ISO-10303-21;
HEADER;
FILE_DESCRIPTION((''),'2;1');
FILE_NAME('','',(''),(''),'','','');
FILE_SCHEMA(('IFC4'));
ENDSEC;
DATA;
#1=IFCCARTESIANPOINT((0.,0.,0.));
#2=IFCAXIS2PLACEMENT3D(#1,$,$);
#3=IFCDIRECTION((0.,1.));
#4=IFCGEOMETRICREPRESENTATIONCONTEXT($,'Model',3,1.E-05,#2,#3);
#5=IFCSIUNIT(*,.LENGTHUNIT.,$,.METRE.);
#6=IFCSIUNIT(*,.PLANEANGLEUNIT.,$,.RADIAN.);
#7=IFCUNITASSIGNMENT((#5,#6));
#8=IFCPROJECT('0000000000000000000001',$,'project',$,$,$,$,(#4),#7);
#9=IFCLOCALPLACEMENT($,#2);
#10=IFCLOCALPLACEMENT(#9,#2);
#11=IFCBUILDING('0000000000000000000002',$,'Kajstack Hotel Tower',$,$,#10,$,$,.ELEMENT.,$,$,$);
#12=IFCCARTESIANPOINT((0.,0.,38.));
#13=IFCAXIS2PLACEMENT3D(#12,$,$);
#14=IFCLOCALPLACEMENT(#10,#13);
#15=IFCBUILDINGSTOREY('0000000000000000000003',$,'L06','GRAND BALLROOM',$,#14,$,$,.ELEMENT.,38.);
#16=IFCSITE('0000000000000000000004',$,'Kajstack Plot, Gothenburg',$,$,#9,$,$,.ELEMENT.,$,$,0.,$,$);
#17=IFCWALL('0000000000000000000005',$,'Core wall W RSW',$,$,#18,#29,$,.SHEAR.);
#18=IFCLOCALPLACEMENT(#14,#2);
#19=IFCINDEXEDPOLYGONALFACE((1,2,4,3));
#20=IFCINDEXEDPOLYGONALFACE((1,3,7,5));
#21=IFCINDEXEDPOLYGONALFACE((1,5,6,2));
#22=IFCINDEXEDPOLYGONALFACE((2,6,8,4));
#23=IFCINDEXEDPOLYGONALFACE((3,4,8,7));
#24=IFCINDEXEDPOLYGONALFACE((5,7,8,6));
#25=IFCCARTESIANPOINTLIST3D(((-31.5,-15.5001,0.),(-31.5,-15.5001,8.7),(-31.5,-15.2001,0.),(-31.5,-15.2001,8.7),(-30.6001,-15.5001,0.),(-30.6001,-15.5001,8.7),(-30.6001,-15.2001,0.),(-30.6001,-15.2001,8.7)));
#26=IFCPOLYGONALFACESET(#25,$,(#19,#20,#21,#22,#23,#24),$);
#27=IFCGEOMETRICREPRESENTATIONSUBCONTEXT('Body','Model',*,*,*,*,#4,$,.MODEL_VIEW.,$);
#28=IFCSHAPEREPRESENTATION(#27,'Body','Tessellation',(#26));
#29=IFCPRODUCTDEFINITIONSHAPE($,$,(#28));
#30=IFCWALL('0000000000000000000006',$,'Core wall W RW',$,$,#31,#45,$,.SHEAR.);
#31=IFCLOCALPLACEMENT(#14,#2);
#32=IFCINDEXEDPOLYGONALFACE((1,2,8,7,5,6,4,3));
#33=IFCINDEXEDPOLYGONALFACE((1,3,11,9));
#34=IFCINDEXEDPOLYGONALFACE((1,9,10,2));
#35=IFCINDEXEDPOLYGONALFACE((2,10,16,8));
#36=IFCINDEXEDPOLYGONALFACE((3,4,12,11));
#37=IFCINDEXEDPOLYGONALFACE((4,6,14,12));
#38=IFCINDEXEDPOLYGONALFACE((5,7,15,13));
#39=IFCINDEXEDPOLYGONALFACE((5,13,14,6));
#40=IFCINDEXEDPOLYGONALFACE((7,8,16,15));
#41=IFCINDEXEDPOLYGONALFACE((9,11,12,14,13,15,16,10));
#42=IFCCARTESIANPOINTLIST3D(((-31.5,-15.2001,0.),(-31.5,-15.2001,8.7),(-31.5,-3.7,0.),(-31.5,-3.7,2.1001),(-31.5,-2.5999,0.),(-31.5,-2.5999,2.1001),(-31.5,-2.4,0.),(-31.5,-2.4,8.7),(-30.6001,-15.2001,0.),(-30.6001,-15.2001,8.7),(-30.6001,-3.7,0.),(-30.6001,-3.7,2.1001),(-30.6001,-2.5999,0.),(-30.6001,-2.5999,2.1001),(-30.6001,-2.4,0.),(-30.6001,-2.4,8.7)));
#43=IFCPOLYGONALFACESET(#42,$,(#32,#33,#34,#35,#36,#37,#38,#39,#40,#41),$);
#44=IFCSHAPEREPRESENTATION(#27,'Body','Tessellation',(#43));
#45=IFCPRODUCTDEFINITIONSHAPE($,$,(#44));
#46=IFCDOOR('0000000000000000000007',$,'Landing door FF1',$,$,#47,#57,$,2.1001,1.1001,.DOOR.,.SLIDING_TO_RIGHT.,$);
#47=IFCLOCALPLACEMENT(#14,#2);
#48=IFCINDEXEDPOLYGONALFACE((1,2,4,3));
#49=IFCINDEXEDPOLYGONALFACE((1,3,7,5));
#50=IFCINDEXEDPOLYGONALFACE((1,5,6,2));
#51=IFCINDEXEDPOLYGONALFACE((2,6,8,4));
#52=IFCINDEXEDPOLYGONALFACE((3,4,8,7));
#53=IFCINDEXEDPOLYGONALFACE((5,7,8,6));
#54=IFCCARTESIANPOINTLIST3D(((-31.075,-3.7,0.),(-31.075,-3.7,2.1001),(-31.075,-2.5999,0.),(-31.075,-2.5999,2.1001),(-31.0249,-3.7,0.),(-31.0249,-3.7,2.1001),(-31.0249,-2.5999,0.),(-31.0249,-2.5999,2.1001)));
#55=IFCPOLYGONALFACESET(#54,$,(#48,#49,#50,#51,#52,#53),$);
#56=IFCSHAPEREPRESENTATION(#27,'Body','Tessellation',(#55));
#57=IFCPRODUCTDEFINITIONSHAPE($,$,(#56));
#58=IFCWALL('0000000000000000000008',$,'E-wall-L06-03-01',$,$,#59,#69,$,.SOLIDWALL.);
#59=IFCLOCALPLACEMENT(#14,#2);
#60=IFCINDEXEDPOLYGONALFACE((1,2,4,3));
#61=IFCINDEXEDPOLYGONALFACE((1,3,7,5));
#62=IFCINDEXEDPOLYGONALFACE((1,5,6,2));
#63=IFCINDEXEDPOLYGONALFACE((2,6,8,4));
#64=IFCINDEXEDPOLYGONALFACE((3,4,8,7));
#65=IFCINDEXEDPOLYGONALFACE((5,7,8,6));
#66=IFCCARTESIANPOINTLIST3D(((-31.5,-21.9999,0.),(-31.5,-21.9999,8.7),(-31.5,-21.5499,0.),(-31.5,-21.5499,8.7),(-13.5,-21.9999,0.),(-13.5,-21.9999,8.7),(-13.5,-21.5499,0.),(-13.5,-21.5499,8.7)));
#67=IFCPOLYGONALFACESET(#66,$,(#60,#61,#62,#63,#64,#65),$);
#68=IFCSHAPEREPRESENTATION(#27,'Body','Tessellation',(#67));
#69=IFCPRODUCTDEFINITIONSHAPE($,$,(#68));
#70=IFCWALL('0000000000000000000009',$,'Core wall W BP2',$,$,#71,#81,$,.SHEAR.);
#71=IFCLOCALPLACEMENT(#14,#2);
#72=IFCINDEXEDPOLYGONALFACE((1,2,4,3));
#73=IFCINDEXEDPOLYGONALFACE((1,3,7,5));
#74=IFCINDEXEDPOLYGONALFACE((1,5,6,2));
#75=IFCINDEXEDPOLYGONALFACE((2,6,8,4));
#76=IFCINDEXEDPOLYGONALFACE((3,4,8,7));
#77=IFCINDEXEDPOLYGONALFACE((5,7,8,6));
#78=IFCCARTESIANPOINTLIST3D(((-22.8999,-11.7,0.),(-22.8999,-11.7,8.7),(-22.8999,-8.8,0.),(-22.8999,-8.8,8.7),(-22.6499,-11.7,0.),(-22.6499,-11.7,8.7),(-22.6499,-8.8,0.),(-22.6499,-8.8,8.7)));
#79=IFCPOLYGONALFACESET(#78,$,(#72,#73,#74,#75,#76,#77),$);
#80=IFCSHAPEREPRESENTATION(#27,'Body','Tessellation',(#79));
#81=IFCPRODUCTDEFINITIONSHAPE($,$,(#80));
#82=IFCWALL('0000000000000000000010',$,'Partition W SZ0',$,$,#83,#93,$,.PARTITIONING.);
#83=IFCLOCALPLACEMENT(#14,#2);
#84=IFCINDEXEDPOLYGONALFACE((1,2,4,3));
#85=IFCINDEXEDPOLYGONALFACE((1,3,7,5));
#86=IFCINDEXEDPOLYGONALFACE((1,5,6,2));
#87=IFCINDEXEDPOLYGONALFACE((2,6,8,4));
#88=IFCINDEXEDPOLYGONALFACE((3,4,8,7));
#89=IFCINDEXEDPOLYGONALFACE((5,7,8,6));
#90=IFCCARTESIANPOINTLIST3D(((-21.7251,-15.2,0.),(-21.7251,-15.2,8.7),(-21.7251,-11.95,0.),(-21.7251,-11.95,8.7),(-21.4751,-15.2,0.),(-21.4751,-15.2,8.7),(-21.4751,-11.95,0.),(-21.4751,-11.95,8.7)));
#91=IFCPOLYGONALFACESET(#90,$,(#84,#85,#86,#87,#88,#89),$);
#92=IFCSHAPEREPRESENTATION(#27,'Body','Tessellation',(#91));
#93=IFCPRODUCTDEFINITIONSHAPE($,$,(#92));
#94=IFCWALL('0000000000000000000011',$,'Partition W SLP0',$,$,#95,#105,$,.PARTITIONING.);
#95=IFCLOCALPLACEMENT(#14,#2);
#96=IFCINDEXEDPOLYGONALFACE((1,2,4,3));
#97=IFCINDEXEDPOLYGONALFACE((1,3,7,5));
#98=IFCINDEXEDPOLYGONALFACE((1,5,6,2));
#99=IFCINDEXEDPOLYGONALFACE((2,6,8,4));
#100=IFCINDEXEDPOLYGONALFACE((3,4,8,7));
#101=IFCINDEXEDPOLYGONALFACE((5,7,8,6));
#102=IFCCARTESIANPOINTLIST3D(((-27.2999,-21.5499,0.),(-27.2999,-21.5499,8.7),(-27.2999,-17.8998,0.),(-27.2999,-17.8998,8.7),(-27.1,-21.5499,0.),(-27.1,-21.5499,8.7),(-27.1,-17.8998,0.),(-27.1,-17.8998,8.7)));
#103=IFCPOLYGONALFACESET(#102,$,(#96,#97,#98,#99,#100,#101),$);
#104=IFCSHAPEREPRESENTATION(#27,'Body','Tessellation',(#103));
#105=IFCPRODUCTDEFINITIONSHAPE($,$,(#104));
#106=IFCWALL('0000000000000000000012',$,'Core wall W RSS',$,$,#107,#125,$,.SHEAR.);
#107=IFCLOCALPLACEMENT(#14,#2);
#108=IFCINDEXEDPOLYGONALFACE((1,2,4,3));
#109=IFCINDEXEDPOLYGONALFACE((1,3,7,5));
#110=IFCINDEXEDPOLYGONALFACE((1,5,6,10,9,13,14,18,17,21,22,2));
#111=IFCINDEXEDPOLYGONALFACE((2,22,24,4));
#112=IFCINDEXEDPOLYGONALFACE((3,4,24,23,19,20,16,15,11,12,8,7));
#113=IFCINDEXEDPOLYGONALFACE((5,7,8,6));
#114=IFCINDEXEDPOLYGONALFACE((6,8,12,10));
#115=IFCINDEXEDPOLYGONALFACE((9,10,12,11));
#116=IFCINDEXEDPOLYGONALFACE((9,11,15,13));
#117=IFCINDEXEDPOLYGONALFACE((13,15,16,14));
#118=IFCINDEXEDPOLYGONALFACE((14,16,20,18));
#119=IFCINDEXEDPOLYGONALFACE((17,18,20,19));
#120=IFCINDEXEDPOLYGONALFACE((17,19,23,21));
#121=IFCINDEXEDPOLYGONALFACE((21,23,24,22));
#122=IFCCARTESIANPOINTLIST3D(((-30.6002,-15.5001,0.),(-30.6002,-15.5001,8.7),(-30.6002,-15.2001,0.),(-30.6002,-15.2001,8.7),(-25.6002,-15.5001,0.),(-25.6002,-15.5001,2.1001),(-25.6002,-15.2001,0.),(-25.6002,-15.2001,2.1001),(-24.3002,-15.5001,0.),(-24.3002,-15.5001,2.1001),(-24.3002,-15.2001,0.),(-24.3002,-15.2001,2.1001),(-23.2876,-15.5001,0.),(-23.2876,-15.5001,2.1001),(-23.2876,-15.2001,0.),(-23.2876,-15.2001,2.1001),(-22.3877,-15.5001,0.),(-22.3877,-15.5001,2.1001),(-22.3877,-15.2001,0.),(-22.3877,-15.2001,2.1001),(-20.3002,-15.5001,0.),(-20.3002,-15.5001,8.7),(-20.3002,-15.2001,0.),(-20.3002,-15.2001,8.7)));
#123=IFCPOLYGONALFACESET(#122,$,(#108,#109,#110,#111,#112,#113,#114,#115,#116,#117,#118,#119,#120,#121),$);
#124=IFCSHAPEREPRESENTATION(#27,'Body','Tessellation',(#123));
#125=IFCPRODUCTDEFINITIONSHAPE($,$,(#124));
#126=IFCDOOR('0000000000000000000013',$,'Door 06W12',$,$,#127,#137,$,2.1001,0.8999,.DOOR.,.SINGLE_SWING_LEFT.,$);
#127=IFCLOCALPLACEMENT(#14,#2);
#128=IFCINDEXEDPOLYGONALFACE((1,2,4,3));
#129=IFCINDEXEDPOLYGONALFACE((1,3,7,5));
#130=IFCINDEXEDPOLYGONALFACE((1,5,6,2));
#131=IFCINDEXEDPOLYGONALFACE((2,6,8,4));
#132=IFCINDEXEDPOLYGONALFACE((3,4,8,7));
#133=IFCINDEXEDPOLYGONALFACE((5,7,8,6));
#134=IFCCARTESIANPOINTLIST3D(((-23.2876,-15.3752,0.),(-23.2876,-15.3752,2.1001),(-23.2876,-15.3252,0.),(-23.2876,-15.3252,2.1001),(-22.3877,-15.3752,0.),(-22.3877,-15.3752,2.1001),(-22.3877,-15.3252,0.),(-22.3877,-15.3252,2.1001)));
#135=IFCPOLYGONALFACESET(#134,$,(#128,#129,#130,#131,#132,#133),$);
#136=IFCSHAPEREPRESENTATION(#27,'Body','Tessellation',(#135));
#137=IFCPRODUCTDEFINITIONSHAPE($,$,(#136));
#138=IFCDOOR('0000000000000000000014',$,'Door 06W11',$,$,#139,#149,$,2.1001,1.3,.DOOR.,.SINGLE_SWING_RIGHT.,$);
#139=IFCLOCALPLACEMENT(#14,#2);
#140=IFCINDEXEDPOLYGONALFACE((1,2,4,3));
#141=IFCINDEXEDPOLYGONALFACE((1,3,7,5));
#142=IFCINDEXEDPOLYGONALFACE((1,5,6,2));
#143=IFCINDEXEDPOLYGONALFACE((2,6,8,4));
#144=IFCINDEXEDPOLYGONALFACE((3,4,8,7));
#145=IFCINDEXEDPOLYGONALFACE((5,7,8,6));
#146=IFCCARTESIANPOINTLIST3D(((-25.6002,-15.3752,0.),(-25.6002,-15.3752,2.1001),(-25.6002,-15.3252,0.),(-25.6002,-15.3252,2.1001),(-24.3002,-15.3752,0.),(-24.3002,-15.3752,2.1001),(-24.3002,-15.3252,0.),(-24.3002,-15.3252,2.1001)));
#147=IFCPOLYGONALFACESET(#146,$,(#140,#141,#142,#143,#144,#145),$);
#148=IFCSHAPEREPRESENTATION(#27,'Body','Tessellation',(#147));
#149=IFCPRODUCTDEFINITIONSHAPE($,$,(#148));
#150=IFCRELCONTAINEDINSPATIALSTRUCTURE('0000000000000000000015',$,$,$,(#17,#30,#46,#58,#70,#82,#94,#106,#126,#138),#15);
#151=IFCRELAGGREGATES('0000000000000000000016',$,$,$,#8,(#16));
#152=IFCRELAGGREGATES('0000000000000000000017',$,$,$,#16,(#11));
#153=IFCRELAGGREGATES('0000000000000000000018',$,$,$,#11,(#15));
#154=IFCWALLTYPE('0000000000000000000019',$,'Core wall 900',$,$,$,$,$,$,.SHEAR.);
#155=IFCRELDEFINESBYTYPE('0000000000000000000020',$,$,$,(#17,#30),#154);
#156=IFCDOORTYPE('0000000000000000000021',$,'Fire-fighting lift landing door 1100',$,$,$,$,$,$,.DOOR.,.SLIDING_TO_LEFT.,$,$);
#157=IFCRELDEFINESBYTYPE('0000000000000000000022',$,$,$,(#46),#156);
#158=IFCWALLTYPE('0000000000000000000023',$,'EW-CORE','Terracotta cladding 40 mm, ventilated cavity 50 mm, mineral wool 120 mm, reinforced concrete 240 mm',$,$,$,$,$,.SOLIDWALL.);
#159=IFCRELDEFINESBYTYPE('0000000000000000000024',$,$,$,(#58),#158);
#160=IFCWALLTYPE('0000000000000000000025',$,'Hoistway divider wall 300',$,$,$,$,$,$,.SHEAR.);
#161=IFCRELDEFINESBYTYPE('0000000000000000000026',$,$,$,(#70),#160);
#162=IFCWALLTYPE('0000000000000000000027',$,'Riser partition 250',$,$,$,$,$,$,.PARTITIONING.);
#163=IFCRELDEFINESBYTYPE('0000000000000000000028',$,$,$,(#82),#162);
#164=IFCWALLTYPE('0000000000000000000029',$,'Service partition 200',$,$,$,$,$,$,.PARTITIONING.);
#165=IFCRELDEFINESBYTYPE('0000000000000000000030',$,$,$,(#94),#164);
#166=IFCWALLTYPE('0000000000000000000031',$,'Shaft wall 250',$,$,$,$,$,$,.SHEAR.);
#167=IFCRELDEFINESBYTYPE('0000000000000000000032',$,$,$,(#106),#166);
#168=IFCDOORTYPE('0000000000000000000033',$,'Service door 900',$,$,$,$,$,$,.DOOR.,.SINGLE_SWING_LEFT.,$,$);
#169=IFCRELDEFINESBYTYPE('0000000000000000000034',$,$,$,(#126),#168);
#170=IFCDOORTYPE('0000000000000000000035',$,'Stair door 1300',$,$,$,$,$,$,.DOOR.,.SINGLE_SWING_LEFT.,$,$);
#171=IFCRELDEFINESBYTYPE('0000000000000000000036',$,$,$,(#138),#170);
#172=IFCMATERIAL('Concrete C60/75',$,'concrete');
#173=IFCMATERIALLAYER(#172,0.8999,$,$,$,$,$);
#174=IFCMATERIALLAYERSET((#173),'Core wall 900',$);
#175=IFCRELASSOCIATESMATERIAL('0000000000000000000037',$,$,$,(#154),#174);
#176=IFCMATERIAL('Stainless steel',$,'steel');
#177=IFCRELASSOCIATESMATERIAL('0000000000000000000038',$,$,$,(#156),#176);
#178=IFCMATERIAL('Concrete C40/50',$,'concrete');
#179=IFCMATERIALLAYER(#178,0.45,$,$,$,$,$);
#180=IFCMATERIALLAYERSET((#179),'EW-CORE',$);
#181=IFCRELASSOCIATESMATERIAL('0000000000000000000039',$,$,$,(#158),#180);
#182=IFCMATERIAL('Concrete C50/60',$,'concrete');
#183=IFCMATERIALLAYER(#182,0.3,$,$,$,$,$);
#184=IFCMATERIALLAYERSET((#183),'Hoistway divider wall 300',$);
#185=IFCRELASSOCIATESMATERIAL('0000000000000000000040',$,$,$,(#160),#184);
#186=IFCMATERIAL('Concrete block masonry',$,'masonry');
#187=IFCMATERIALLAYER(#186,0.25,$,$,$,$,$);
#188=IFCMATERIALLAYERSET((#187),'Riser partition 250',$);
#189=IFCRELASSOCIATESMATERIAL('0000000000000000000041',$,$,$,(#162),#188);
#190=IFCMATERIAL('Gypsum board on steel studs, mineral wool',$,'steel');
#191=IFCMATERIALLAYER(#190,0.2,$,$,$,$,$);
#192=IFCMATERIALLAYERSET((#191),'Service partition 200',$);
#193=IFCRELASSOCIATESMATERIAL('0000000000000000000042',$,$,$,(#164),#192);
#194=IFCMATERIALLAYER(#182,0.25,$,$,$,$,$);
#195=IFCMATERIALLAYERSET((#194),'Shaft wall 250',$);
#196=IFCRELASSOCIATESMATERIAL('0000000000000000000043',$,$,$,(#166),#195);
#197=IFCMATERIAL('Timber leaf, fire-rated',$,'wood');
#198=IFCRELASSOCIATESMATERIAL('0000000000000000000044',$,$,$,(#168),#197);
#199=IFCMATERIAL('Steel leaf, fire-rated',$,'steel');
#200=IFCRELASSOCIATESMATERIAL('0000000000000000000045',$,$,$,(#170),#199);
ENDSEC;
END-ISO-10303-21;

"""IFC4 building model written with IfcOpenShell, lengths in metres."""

from ifc_helpers import new_model, si_unit, direction, frame, frame_2d, origin, place, context, subcontext, project, spatial, rectangle, extrude, material, layer, layer_set, type_object, element, fill, save


model = new_model("IFC4")

# Units and contexts
model_context = context("Model", 3, precision=1e-05, world=origin(), true_north=direction((0.0, 1.0)))
body_context = subcontext(model_context, "Body", "Model", "MODEL_VIEW")
ifc_project = project(units=[si_unit("LENGTHUNIT", "METRE"), si_unit("PLANEANGLEUNIT", "RADIAN")], contexts=[model_context])

# Site, building, storey
site_placement = place(None, origin())
site = spatial("IfcSite", under=ifc_project, at=site_placement, Name="Kajstack Plot, Gothenburg", CompositionType="ELEMENT", RefElevation=0.0)
building_placement = place(site_placement, origin())
building = spatial("IfcBuilding", under=site, at=building_placement, Name="Kajstack Hotel Tower", CompositionType="ELEMENT")
storey_placement = place(building_placement, frame((0.0, 0.0, 38.0)))
storey = spatial("IfcBuildingStorey", under=building, at=storey_placement, Name="L06", Description="GRAND BALLROOM", CompositionType="ELEMENT", Elevation=38.0)

# Wall
ifc_material_1 = material(Name="Concrete C60/75", Category="concrete")
ifc_layer_1 = layer(ifc_material_1, 0.8999)
ifc_layer_set_1 = layer_set([ifc_layer_1], Name="Core wall 900")
wall_type_1 = type_object("IfcWallType", Name="Core wall 900", PredefinedType="SHEAR", material=ifc_layer_set_1)
wall_1_placement = place(storey_placement, frame((-31.5, -15.3501, 0.0), z_axis=(0.0, 0.0, 1.0), x_axis=(1.0, 0.0, 0.0)))
element("IfcWall", 1, at=wall_1_placement, inside=storey, type_object=wall_type_1, Name="Core wall W RSW", PredefinedType="SHEAR", context=body_context, shape_type="SweptSolid", body=[
    extrude(rectangle(XDim=0.8999, YDim=0.3, at=frame_2d((0.45, 0.0))), origin(), (0.0, 0.0, 1.0), 8.7),
])

# Wall, opening, door
wall_2_placement = place(storey_placement, frame((-31.05, -15.2, 0.0), z_axis=(0.0, 0.0, 1.0), x_axis=(0.0, 1.0, 0.0)))
wall_2 = element("IfcWall", 2, at=wall_2_placement, inside=storey, type_object=wall_type_1, Name="Core wall W RW", PredefinedType="SHEAR", context=body_context, shape_type="SweptSolid", body=[
    extrude(rectangle(XDim=12.8, YDim=0.8999, at=frame_2d((6.3999, 0.0))), origin(), (0.0, 0.0, 1.0), 8.7),
])
opening_1_placement = place(wall_2_placement, frame((11.5, 0.0, 0.0)))
opening_1 = element("IfcOpeningElement", 3, at=opening_1_placement, cuts=wall_2, PredefinedType="OPENING", context=body_context, shape_type="SweptSolid", body=[
    extrude(rectangle(XDim=1.1001, YDim=2.1001, at=frame_2d((0.55, 1.05))), frame((0.0, 0.46, 0.0), z_axis=(0.0, -1.0, 0.0), x_axis=(1.0, 0.0, 0.0)), (0.0, 0.0, 1.0), 0.9199),
])
ifc_material_2 = material(Name="Stainless steel", Category="steel")
door_type_1 = type_object("IfcDoorType", Name="Fire-fighting lift landing door 1100", OperationType="SLIDING_TO_LEFT", PredefinedType="DOOR", material=ifc_material_2)
door_1_placement = place(opening_1_placement, origin())
door_1 = element("IfcDoor", 4, at=door_1_placement, inside=storey, type_object=door_type_1, Name="Landing door FF1", OperationType="SLIDING_TO_RIGHT", OverallHeight=2.1001, OverallWidth=1.1001, PredefinedType="DOOR", context=body_context, shape_type="SweptSolid", body=[
    extrude(rectangle(XDim=1.1001, YDim=2.1001, at=frame_2d((0.55, 1.05))), frame((0.0, 0.0249, 0.0), z_axis=(0.0, -1.0, 0.0), x_axis=(1.0, 0.0, 0.0)), (0.0, 0.0, 1.0), 0.05),
])
fill(opening_1, door_1)

# Walls
ifc_material_3 = material(Name="Concrete C40/50", Category="concrete")
ifc_layer_2 = layer(ifc_material_3, 0.45)
ifc_layer_set_2 = layer_set([ifc_layer_2], Name="EW-CORE")
wall_type_2 = type_object("IfcWallType", Name="EW-CORE", Description="Terracotta cladding 40 mm, ventilated cavity 50 mm, mineral wool 120 mm, reinforced concrete 240 mm", PredefinedType="SOLIDWALL", material=ifc_layer_set_2)
wall_3_placement = place(storey_placement, frame((-31.5, -21.7749, 0.0), z_axis=(0.0, 0.0, 1.0), x_axis=(1.0, 0.0, 0.0)))
element("IfcWall", 5, at=wall_3_placement, inside=storey, type_object=wall_type_2, Name="E-wall-L06-03-01", PredefinedType="SOLIDWALL", context=body_context, shape_type="SweptSolid", body=[
    extrude(rectangle(XDim=18.0, YDim=0.45, at=frame_2d((9.0, 0.0))), origin(), (0.0, 0.0, 1.0), 8.7),
])
ifc_material_4 = material(Name="Concrete C50/60", Category="concrete")
ifc_layer_3 = layer(ifc_material_4, 0.3)
ifc_layer_set_3 = layer_set([ifc_layer_3], Name="Hoistway divider wall 300")
wall_type_3 = type_object("IfcWallType", Name="Hoistway divider wall 300", PredefinedType="SHEAR", material=ifc_layer_set_3)
wall_4_placement = place(storey_placement, frame((-22.7749, -11.7, 0.0), z_axis=(0.0, 0.0, 1.0), x_axis=(0.0, 1.0, 0.0)))
element("IfcWall", 6, at=wall_4_placement, inside=storey, type_object=wall_type_3, Name="Core wall W BP2", PredefinedType="SHEAR", context=body_context, shape_type="SweptSolid", body=[
    extrude(rectangle(XDim=2.8999, YDim=0.25, at=frame_2d((1.45, 0.0))), origin(), (0.0, 0.0, 1.0), 8.7),
])
ifc_material_5 = material(Name="Concrete block masonry", Category="masonry")
ifc_layer_4 = layer(ifc_material_5, 0.25)
ifc_layer_set_4 = layer_set([ifc_layer_4], Name="Riser partition 250")
wall_type_4 = type_object("IfcWallType", Name="Riser partition 250", PredefinedType="PARTITIONING", material=ifc_layer_set_4)
wall_5_placement = place(storey_placement, frame((-21.6001, -15.2, 0.0), z_axis=(0.0, 0.0, 1.0), x_axis=(0.0, 1.0, 0.0)))
element("IfcWall", 7, at=wall_5_placement, inside=storey, type_object=wall_type_4, Name="Partition W SZ0", PredefinedType="PARTITIONING", context=body_context, shape_type="SweptSolid", body=[
    extrude(rectangle(XDim=3.25, YDim=0.25, at=frame_2d((1.625, 0.0))), origin(), (0.0, 0.0, 1.0), 8.7),
])
ifc_material_6 = material(Name="Gypsum board on steel studs, mineral wool", Category="steel")
ifc_layer_5 = layer(ifc_material_6, 0.2)
ifc_layer_set_5 = layer_set([ifc_layer_5], Name="Service partition 200")
wall_type_5 = type_object("IfcWallType", Name="Service partition 200", PredefinedType="PARTITIONING", material=ifc_layer_set_5)
wall_6_placement = place(storey_placement, frame((-27.2, -21.55, 0.0), z_axis=(0.0, 0.0, 1.0), x_axis=(0.0, 1.0, 0.0)))
element("IfcWall", 8, at=wall_6_placement, inside=storey, type_object=wall_type_5, Name="Partition W SLP0", PredefinedType="PARTITIONING", context=body_context, shape_type="SweptSolid", body=[
    extrude(rectangle(XDim=3.6501, YDim=0.2, at=frame_2d((1.8252, 0.0))), origin(), (0.0, 0.0, 1.0), 8.7),
])

# Wall, openings, doors
ifc_layer_6 = layer(ifc_material_4, 0.25)
ifc_layer_set_6 = layer_set([ifc_layer_6], Name="Shaft wall 250")
wall_type_6 = type_object("IfcWallType", Name="Shaft wall 250", PredefinedType="SHEAR", material=ifc_layer_set_6)
wall_7_placement = place(storey_placement, frame((-30.6001, -15.3501, 0.0), z_axis=(0.0, 0.0, 1.0), x_axis=(1.0, 0.0, 0.0)))
wall_7 = element("IfcWall", 9, at=wall_7_placement, inside=storey, type_object=wall_type_6, Name="Core wall W RSS", PredefinedType="SHEAR", context=body_context, shape_type="SweptSolid", body=[
    extrude(rectangle(XDim=10.3, YDim=0.3, at=frame_2d((5.1499, 0.0))), origin(), (0.0, 0.0, 1.0), 8.7),
])
opening_2_placement = place(wall_7_placement, frame((5.0, 0.0, 0.0)))
opening_2 = element("IfcOpeningElement", 10, at=opening_2_placement, cuts=wall_7, PredefinedType="OPENING", context=body_context, shape_type="SweptSolid", body=[
    extrude(rectangle(XDim=1.3, YDim=2.1001, at=frame_2d((0.6499, 1.05))), frame((0.0, 0.1599, 0.0), z_axis=(0.0, -1.0, 0.0), x_axis=(1.0, 0.0, 0.0)), (0.0, 0.0, 1.0), 0.3201),
])
opening_3_placement = place(wall_7_placement, frame((7.3125, 0.0, 0.0)))
opening_3 = element("IfcOpeningElement", 11, at=opening_3_placement, cuts=wall_7, PredefinedType="OPENING", context=body_context, shape_type="SweptSolid", body=[
    extrude(rectangle(XDim=0.8999, YDim=2.1001, at=frame_2d((0.45, 1.05))), frame((0.0, 0.1599, 0.0), z_axis=(0.0, -1.0, 0.0), x_axis=(1.0, 0.0, 0.0)), (0.0, 0.0, 1.0), 0.3201),
])
ifc_material_7 = material(Name="Timber leaf, fire-rated", Category="wood")
door_type_2 = type_object("IfcDoorType", Name="Service door 900", OperationType="SINGLE_SWING_LEFT", PredefinedType="DOOR", material=ifc_material_7)
door_2_placement = place(opening_3_placement, origin())
door_2 = element("IfcDoor", 12, at=door_2_placement, inside=storey, type_object=door_type_2, Name="Door 06W12", OperationType="SINGLE_SWING_LEFT", OverallHeight=2.1001, OverallWidth=0.8999, PredefinedType="DOOR", context=body_context, shape_type="SweptSolid", body=[
    extrude(rectangle(XDim=0.8999, YDim=2.1001, at=frame_2d((0.45, 1.05))), frame((0.0, 0.0249, 0.0), z_axis=(0.0, -1.0, 0.0), x_axis=(1.0, 0.0, 0.0)), (0.0, 0.0, 1.0), 0.05),
])
fill(opening_3, door_2)
ifc_material_8 = material(Name="Steel leaf, fire-rated", Category="steel")
door_type_3 = type_object("IfcDoorType", Name="Stair door 1300", OperationType="SINGLE_SWING_LEFT", PredefinedType="DOOR", material=ifc_material_8)
door_3_placement = place(opening_2_placement, origin())
door_3 = element("IfcDoor", 13, at=door_3_placement, inside=storey, type_object=door_type_3, Name="Door 06W11", OperationType="SINGLE_SWING_RIGHT", OverallHeight=2.1001, OverallWidth=1.3, PredefinedType="DOOR", context=body_context, shape_type="SweptSolid", body=[
    extrude(rectangle(XDim=1.3, YDim=2.1001, at=frame_2d((0.6499, 1.05))), frame((0.0, 0.0249, 0.0), z_axis=(0.0, -1.0, 0.0), x_axis=(1.0, 0.0, 0.0)), (0.0, 0.0, 1.0), 0.05),
])
fill(opening_2, door_3)

save(model, "model.ifc")
